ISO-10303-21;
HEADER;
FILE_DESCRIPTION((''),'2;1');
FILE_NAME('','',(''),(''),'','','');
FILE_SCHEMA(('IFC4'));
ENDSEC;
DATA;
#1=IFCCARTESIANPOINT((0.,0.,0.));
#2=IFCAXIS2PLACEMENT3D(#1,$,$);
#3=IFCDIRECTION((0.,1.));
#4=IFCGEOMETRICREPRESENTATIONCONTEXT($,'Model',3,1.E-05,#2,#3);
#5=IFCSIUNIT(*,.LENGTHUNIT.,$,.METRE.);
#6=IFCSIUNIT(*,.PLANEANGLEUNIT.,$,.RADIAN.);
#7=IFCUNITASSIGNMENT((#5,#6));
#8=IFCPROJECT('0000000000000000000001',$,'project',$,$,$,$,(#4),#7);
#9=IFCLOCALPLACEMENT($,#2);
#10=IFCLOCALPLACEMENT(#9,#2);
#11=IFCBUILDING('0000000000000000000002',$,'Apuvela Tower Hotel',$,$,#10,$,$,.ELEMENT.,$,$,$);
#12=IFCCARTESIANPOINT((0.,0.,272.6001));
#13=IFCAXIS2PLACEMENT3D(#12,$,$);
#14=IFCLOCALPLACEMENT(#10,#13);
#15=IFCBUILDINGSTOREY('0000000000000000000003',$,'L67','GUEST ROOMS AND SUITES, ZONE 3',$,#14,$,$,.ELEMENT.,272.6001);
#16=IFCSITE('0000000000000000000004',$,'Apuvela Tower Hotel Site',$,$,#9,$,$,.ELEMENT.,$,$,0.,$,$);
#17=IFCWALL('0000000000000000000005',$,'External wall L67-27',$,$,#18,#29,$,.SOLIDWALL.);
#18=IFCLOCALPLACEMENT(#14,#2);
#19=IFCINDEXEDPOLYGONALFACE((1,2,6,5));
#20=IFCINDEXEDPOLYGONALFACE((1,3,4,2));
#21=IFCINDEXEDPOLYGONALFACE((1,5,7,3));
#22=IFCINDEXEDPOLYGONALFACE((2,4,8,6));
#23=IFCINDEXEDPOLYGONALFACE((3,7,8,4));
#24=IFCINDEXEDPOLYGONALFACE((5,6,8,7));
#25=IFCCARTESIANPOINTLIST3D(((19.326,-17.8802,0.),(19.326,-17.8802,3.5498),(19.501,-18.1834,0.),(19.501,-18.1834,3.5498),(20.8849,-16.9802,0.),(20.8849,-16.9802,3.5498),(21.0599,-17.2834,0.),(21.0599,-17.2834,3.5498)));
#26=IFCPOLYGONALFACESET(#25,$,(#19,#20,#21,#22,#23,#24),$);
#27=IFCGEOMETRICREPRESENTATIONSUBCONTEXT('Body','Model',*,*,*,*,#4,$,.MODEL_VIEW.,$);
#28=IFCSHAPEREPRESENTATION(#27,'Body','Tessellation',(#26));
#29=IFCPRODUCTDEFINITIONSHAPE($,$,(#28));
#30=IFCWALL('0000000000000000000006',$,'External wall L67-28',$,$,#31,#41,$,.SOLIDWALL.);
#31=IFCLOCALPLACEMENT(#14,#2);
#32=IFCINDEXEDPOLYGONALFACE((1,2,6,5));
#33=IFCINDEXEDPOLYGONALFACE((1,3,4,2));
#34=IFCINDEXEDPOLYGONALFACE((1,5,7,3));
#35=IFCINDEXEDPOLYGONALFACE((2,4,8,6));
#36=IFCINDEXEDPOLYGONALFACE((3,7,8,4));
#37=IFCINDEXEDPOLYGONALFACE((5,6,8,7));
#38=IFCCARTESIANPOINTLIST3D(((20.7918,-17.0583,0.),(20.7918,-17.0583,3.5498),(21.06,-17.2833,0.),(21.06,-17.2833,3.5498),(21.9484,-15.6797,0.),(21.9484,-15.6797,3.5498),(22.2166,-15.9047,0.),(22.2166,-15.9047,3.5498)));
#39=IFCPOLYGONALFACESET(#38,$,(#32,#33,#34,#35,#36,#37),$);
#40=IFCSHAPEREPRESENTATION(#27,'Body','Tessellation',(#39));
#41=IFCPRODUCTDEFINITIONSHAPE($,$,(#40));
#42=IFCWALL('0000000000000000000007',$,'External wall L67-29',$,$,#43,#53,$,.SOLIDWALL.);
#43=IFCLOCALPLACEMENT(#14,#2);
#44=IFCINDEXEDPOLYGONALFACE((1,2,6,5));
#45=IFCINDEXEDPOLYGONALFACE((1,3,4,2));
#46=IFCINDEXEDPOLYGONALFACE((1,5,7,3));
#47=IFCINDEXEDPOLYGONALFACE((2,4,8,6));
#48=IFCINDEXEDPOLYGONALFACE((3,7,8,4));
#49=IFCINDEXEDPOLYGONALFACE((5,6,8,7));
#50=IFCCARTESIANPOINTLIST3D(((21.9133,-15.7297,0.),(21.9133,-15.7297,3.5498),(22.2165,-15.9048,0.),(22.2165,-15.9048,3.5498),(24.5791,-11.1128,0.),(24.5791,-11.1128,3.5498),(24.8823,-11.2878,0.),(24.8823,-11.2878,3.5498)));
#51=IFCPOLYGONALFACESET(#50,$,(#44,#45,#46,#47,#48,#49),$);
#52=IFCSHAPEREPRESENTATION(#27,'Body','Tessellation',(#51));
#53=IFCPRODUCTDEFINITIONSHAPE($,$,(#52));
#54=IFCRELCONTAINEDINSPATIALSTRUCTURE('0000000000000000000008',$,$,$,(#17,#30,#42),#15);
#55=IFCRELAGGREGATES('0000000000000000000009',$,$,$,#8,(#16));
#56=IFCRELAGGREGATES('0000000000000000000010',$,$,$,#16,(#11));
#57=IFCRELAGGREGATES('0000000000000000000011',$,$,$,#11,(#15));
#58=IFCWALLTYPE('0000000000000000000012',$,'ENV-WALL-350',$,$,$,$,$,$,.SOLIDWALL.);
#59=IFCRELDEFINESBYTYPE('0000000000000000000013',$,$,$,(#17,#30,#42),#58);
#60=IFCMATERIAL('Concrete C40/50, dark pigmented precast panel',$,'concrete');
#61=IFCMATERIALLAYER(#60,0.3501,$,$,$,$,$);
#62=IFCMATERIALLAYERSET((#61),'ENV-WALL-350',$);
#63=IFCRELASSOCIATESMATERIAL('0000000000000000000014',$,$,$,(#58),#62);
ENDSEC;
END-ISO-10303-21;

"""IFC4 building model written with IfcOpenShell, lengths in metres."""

from ifc_helpers import new_model, si_unit, direction, frame, frame_2d, origin, place, context, subcontext, project, spatial, rectangle, extrude, material, layer, layer_set, type_object, element, save


model = new_model("IFC4")

# Units and contexts
model_context = context("Model", 3, precision=1e-05, world=origin(), true_north=direction((0.0, 1.0)))
body_context = subcontext(model_context, "Body", "Model", "MODEL_VIEW")
ifc_project = project(units=[si_unit("LENGTHUNIT", "METRE"), si_unit("PLANEANGLEUNIT", "RADIAN")], contexts=[model_context])

# Site, building, storey
site_placement = place(None, origin())
site = spatial("IfcSite", under=ifc_project, at=site_placement, Name="Apuvela Tower Hotel Site", CompositionType="ELEMENT", RefElevation=0.0)
building_placement = place(site_placement, origin())
building = spatial("IfcBuilding", under=site, at=building_placement, Name="Apuvela Tower Hotel", CompositionType="ELEMENT")
storey_placement = place(building_placement, frame((0.0, 0.0, 272.6001)))
storey = spatial("IfcBuildingStorey", under=building, at=storey_placement, Name="L67", Description="GUEST ROOMS AND SUITES, ZONE 3", CompositionType="ELEMENT", Elevation=272.6001)

# Shared definitions
ifc_material_1 = material(Name="Concrete C40/50, dark pigmented precast panel", Category="concrete")
ifc_layer_1 = layer(ifc_material_1, 0.3501)
ifc_layer_set_1 = layer_set([ifc_layer_1], Name="ENV-WALL-350")
wall_type_1 = type_object("IfcWallType", Name="ENV-WALL-350", PredefinedType="SOLIDWALL", material=ifc_layer_set_1)

# Walls
wall_1_placement = place(storey_placement, frame((19.4136, -18.0317, 0.0), z_axis=(0.0, 0.0, 1.0), x_axis=(0.866048, 0.499961, 0.0)))
element("IfcWall", 1, at=wall_1_placement, inside=storey, type_object=wall_type_1, Name="External wall L67-27", PredefinedType="SOLIDWALL", context=body_context, shape_type="SweptSolid", body=[
    extrude(rectangle(XDim=1.8, YDim=0.3501, at=frame_2d((0.8999, 0.0))), origin(), (0.0, 0.0, 1.0), 3.5498),
])
wall_2_placement = place(storey_placement, frame((20.9258, -17.1709, 0.0), z_axis=(0.0, 0.0, 1.0), x_axis=(0.642756, 0.766071, 0.0)))
element("IfcWall", 2, at=wall_2_placement, inside=storey, type_object=wall_type_1, Name="External wall L67-28", PredefinedType="SOLIDWALL", context=body_context, shape_type="SweptSolid", body=[
    extrude(rectangle(XDim=1.7996, YDim=0.3501, at=frame_2d((0.8999, 0.0))), origin(), (0.0, 0.0, 1.0), 3.5498),
])
wall_3_placement = place(storey_placement, frame((22.0649, -15.8171, 0.0), z_axis=(0.0, 0.0, 1.0), x_axis=(0.500025, 0.866011, 0.0)))
element("IfcWall", 3, at=wall_3_placement, inside=storey, type_object=wall_type_1, Name="External wall L67-29", PredefinedType="SOLIDWALL", context=body_context, shape_type="SweptSolid", body=[
    extrude(rectangle(XDim=5.3313, YDim=0.3501, at=frame_2d((2.6655, 0.0))), origin(), (0.0, 0.0, 1.0), 3.5498),
])

save(model, "model.ifc")
